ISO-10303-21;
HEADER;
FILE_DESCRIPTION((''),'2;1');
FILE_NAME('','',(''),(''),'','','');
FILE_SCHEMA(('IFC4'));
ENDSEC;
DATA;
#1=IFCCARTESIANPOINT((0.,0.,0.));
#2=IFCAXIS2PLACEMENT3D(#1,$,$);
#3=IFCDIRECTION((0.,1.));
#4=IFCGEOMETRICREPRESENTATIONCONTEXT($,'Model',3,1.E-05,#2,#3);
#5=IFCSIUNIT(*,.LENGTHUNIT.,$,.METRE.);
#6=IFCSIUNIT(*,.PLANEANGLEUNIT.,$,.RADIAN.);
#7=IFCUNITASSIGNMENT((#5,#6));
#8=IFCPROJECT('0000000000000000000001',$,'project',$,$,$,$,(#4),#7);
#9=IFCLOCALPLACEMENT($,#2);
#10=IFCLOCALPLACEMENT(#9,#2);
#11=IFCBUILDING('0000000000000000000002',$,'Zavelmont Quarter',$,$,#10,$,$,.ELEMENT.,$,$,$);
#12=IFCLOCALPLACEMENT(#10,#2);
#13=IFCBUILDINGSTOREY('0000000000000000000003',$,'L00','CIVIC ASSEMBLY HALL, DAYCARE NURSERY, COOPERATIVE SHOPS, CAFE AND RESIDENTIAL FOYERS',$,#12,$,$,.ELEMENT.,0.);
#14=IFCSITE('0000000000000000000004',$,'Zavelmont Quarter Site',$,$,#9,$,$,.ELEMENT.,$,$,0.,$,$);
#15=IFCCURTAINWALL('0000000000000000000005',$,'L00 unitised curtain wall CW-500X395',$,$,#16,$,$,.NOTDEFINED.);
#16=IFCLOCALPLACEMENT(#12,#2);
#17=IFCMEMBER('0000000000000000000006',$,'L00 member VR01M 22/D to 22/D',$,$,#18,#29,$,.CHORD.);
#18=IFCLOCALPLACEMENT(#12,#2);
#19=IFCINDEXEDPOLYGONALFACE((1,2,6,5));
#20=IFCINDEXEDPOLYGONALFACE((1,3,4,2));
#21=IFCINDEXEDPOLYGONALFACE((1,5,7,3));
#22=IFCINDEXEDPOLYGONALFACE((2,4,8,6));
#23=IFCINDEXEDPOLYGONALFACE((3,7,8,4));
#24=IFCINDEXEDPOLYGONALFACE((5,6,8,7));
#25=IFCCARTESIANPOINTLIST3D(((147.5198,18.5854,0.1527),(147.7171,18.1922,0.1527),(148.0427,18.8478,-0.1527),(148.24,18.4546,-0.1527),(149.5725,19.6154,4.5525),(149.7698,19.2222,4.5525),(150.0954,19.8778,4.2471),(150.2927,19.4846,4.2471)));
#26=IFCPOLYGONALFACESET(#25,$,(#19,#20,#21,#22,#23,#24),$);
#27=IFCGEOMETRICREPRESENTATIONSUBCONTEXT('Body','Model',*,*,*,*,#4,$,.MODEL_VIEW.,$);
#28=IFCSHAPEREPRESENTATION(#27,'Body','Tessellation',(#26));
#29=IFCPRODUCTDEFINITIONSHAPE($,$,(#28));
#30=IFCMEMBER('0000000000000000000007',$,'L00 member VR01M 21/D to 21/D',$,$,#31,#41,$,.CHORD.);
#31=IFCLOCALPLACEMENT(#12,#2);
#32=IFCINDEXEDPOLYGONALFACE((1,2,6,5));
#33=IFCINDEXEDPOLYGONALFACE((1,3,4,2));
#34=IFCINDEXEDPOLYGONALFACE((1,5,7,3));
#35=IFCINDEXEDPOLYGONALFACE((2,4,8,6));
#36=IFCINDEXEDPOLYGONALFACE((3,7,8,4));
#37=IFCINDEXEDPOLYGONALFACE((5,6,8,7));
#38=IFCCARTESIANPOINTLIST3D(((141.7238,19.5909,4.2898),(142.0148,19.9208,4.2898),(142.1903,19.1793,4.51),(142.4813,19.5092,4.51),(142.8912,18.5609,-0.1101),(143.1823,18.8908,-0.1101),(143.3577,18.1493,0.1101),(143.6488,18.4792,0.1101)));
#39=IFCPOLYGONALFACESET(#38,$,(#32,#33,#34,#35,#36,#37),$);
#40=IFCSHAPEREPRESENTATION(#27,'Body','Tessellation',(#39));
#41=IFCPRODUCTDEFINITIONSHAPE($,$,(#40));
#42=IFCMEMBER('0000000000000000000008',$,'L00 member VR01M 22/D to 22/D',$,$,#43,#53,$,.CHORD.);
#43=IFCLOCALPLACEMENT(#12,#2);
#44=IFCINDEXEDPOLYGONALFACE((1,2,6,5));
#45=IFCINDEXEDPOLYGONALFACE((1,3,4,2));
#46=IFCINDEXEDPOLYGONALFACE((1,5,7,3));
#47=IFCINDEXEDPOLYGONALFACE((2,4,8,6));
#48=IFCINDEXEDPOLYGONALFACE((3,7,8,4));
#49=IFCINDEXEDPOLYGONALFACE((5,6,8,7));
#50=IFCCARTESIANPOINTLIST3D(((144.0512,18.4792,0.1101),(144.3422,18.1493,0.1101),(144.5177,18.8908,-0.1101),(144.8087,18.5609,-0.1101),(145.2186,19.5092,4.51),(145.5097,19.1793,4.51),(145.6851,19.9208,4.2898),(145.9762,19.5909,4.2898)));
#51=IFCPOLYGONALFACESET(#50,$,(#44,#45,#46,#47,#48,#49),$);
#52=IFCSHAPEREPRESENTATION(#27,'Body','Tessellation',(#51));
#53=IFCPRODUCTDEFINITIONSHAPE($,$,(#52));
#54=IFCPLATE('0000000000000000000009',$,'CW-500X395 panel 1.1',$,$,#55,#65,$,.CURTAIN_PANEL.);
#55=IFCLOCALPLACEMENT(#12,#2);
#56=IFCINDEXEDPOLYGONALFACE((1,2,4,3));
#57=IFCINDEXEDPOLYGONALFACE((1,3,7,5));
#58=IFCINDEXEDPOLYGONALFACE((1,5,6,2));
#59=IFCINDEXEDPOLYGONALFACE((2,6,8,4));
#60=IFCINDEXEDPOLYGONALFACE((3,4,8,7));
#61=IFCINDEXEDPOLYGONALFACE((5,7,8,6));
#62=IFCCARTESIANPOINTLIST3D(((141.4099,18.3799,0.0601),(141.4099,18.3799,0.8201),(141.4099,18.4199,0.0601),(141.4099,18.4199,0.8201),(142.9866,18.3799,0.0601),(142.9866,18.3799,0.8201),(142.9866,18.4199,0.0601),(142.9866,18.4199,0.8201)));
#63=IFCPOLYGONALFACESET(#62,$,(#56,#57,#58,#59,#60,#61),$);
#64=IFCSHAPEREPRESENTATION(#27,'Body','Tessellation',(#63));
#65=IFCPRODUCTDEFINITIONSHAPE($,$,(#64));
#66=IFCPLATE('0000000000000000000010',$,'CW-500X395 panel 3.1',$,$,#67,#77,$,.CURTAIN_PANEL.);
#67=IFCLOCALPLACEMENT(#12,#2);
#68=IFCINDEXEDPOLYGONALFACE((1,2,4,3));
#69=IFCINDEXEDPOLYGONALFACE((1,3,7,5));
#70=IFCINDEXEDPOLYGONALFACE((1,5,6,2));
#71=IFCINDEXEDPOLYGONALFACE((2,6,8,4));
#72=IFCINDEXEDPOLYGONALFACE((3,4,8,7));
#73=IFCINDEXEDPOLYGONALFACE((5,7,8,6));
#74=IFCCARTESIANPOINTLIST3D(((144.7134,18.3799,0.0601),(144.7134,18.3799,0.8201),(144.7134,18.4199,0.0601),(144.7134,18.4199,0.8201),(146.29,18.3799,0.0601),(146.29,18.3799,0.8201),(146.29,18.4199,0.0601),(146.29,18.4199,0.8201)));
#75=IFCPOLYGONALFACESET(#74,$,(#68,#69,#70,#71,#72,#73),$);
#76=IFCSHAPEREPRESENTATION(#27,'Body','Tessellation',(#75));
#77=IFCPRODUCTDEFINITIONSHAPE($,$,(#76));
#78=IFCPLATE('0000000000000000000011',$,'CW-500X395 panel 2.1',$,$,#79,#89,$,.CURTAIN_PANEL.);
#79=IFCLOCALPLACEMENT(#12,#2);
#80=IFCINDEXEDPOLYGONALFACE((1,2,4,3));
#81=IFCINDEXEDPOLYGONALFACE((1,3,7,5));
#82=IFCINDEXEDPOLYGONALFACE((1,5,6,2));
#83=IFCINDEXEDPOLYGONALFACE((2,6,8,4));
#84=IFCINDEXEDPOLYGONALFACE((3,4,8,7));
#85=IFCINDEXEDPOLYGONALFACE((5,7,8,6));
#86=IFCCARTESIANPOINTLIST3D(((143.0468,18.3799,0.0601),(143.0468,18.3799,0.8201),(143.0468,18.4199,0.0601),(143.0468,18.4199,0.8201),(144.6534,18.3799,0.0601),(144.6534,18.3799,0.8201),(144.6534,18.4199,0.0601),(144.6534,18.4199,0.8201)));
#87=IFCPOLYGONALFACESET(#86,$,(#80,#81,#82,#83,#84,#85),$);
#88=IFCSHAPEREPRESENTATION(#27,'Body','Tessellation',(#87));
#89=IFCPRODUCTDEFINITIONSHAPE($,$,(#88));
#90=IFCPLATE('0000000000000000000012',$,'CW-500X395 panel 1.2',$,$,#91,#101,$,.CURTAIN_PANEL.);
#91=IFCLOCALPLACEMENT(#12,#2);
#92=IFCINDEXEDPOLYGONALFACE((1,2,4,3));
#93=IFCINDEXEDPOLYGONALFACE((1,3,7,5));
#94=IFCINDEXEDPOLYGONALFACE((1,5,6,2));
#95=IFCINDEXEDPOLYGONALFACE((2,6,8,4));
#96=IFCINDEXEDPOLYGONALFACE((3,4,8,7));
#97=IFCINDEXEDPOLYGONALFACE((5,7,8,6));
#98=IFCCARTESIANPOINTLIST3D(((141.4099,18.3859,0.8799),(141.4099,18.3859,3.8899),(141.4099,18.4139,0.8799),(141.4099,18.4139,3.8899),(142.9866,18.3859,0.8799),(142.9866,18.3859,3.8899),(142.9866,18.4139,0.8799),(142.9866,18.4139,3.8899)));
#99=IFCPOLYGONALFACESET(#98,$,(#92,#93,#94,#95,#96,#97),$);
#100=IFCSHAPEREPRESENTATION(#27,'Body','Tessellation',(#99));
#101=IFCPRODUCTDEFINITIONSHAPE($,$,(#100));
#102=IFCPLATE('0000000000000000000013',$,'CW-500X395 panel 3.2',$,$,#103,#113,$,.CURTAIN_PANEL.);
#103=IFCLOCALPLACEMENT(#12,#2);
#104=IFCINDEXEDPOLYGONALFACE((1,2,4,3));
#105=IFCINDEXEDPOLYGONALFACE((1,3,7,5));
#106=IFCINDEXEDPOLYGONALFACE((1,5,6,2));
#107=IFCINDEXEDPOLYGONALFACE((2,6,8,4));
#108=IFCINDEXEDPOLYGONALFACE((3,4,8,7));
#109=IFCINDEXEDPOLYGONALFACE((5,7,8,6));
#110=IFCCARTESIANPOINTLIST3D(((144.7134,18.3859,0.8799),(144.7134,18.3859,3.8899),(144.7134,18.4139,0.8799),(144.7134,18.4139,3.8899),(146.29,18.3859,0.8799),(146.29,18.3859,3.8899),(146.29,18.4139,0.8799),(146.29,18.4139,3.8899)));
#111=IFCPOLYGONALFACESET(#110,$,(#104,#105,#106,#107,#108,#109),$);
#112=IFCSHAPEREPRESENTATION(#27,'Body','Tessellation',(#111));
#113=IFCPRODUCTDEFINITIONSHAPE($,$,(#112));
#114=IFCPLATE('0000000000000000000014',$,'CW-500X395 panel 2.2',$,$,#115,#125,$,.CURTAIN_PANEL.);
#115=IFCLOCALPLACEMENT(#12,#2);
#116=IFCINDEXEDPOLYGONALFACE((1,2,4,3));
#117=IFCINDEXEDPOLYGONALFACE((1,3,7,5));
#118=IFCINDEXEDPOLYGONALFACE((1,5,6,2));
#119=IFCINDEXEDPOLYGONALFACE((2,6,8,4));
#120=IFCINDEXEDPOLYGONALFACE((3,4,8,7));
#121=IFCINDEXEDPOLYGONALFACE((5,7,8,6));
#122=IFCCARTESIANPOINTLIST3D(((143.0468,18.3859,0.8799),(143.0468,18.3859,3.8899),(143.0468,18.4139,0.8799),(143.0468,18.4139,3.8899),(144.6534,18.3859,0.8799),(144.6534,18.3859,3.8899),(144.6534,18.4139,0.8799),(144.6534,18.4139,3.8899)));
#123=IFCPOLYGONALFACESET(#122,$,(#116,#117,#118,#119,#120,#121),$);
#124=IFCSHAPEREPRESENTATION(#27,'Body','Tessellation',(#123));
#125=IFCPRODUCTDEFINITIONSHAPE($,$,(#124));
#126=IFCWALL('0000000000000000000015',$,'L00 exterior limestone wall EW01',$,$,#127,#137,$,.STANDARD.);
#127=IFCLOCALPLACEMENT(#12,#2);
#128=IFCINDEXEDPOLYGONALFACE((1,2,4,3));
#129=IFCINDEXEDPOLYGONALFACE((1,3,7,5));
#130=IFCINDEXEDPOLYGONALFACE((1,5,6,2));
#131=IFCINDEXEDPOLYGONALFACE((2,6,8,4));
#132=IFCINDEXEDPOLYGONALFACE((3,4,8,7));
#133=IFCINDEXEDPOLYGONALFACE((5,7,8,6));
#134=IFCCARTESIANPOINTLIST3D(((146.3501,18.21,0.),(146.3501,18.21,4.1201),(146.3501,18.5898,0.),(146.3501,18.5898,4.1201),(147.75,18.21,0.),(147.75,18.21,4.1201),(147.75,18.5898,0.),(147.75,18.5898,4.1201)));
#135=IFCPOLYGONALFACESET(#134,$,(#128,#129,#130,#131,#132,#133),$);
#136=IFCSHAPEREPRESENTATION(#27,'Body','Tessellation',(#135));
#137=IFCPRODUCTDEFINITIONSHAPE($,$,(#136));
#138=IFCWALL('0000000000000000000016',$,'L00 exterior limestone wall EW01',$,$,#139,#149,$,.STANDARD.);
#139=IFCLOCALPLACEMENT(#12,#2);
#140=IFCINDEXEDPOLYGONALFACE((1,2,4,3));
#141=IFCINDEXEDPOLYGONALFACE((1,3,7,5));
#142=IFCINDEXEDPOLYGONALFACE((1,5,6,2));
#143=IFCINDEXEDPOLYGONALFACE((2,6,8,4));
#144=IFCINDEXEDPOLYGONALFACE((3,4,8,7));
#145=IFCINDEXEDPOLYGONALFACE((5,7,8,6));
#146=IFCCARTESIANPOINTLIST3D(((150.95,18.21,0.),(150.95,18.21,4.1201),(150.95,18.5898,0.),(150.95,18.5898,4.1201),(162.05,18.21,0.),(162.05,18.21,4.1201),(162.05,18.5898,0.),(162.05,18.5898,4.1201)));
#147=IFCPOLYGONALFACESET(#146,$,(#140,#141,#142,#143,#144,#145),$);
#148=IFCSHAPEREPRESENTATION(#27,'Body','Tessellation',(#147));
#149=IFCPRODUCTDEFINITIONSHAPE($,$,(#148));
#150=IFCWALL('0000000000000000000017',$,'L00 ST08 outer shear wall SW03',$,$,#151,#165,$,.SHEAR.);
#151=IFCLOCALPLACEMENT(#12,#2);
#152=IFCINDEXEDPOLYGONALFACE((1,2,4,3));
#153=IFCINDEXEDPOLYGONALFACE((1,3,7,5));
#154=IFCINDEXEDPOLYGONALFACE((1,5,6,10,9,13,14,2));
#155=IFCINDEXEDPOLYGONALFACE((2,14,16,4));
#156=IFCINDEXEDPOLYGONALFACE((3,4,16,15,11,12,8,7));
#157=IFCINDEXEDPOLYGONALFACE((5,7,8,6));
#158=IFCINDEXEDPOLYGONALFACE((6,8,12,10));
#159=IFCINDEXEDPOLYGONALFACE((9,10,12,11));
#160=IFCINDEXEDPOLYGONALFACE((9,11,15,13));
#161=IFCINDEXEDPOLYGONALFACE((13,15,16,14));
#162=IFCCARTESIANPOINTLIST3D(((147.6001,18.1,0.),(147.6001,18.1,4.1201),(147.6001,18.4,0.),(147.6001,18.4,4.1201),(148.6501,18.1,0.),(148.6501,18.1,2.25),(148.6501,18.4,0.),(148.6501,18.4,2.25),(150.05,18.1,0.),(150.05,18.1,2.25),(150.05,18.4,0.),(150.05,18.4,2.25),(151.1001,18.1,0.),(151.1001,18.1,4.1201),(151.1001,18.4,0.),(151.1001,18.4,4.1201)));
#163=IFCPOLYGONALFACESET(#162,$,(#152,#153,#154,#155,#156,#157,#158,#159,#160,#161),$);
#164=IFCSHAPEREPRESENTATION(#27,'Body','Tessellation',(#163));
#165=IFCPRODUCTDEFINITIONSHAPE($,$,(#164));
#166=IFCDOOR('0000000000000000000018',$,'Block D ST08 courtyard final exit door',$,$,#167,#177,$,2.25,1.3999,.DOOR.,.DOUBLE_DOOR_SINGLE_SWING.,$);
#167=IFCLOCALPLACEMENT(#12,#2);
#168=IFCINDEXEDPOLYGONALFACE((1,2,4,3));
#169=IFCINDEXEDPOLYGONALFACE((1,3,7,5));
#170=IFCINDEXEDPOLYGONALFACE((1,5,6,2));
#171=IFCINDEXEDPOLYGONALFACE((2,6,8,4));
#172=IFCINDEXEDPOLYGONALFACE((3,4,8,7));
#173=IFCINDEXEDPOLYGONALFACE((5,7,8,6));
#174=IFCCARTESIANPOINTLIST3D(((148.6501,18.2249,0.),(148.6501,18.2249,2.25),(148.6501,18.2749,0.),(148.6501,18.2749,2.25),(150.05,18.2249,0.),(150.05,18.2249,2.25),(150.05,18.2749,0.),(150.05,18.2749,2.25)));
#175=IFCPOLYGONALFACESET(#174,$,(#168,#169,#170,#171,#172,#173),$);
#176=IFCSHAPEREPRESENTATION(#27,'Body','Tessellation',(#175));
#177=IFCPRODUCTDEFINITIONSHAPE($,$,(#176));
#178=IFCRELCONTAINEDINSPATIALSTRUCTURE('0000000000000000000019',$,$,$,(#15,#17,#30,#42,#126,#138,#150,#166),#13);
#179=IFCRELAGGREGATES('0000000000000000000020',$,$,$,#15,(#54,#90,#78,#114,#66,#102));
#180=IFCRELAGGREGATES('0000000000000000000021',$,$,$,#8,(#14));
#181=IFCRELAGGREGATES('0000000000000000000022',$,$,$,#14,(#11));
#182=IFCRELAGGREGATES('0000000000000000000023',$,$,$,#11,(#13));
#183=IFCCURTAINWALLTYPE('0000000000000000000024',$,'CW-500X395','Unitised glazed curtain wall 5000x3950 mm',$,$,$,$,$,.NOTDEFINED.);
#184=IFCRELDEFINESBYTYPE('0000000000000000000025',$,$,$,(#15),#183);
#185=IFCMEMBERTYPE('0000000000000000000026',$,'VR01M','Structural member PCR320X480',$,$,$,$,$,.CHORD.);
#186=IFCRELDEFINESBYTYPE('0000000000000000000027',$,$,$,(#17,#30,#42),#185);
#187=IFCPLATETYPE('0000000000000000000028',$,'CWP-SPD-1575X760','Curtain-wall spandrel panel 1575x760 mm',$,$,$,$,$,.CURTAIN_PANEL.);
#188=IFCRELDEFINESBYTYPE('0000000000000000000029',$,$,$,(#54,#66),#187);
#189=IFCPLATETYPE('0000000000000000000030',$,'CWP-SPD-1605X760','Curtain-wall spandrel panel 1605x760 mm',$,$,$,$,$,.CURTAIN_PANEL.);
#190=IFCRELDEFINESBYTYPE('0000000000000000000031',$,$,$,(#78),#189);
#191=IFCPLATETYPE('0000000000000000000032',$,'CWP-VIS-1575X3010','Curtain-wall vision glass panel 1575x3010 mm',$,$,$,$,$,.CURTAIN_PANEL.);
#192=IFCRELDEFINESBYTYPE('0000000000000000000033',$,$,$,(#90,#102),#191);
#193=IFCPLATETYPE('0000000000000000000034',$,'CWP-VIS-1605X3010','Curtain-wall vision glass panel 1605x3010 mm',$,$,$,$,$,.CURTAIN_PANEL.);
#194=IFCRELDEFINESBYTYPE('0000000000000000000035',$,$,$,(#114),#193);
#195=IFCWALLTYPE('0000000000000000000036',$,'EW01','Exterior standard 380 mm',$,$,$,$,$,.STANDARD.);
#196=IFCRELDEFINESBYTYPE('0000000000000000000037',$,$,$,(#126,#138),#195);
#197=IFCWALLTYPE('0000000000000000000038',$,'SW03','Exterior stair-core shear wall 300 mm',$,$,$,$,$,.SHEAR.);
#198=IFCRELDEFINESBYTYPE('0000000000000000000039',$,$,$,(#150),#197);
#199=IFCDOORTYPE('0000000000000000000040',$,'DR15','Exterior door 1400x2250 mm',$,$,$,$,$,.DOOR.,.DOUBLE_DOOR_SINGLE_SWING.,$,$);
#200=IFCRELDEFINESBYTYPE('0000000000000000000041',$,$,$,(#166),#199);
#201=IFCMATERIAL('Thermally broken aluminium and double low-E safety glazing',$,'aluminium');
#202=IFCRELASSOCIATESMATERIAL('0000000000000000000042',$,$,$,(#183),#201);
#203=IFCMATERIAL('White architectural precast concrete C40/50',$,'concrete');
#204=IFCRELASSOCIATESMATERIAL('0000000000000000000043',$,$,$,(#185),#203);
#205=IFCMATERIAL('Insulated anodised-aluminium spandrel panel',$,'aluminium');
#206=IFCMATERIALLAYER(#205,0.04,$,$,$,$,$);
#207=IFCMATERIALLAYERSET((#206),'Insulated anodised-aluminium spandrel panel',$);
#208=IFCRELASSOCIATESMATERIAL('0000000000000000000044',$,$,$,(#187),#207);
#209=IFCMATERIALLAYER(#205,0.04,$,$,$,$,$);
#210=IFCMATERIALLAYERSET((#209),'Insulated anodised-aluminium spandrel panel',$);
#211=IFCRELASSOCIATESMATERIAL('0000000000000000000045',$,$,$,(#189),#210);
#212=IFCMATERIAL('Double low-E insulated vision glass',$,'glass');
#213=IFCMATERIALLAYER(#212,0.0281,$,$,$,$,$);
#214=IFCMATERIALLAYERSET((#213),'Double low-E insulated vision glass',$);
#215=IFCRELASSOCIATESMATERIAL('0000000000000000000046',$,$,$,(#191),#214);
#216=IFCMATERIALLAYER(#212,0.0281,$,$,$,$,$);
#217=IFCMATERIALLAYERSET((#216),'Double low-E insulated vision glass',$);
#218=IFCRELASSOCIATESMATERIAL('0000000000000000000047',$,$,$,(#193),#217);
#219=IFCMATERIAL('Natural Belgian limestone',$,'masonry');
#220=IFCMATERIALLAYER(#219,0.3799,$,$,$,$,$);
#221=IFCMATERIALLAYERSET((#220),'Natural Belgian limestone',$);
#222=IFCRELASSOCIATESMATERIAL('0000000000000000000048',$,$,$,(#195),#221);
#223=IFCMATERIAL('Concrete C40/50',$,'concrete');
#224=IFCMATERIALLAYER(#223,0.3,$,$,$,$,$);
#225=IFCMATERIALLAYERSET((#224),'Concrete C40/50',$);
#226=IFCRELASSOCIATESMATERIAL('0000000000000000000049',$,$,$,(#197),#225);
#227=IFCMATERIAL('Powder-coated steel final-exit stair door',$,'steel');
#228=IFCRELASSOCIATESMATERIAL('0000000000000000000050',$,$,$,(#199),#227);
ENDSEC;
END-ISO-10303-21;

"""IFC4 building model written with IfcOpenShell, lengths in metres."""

from ifc_helpers import new_model, si_unit, direction, frame, frame_2d, origin, origin_with_axes, origin_2d, place, context, subcontext, project, spatial, rectangle, extrude, material, layer, layer_set, material_profile, profile_set, type_object, element, fill, aggregate, save


model = new_model("IFC4")

# Units and contexts
model_context = context("Model", 3, precision=1e-05, world=origin(), true_north=direction((0.0, 1.0)))
body_context = subcontext(model_context, "Body", "Model", "MODEL_VIEW")
ifc_project = project(units=[si_unit("LENGTHUNIT", "METRE"), si_unit("PLANEANGLEUNIT", "RADIAN")], contexts=[model_context])

# Site, building, storey
site_placement = place(None, origin())
site = spatial("IfcSite", under=ifc_project, at=site_placement, Name="Zavelmont Quarter Site", CompositionType="ELEMENT", RefElevation=0.0)
building_placement = place(site_placement, origin())
building = spatial("IfcBuilding", under=site, at=building_placement, Name="Zavelmont Quarter", CompositionType="ELEMENT")
storey_placement = place(building_placement, origin())
storey = spatial("IfcBuildingStorey", under=building, at=storey_placement, Name="L00", Description="CIVIC ASSEMBLY HALL, DAYCARE NURSERY, COOPERATIVE SHOPS, CAFE AND RESIDENTIAL FOYERS", CompositionType="ELEMENT", Elevation=0.0)

# Shared definitions
ifc_material_1 = material(Name="Concrete C40/50", Category="concrete")

# Curtain wall
ifc_material_2 = material(Name="Thermally broken aluminium and double low-E safety glazing", Category="aluminium")
curtain_wall_type = type_object("IfcCurtainWallType", Name="CW-500X395", Description="Unitised glazed curtain wall 5000x3950 mm", PredefinedType="NOTDEFINED", material=ifc_material_2)
curtain_wall_placement = place(storey_placement, origin())
curtain_wall = element("IfcCurtainWall", 1, at=curtain_wall_placement, inside=storey, type_object=curtain_wall_type, Name="L00 unitised curtain wall CW-500X395", PredefinedType="NOTDEFINED")

# Members
ifc_material_3 = material(Name="White architectural precast concrete C40/50", Category="concrete")
ifc_material_profile_1 = material_profile(ifc_material_3, rectangle(XDim=0.4399, YDim=0.6599, at=origin_2d()), Name="PCR320X480")
ifc_profile_set_1 = profile_set([ifc_material_profile_1], Name="White architectural precast concrete C40/50")
member_type_1 = type_object("IfcMemberType", Name="VR01M", Description="Structural member PCR320X480", PredefinedType="CHORD", material=ifc_profile_set_1)
for number, where, z_axis, x_axis, name in (
    (2, (147.8799, 18.52, 0.0), (0.413587, 0.207531, 0.886497), (-0.448489, 0.893788, 0.0), "L00 member VR01M 22/D to 22/D"),
):
    element("IfcMember", number, at=place(storey_placement, frame(where, z_axis=z_axis, x_axis=x_axis)), inside=storey, type_object=member_type_1, Name=name, PredefinedType="CHORD", context=body_context, shape_type="SweptSolid", body=[
        extrude(rectangle(XDim=0.4399, YDim=0.6599, at=origin_2d()), origin(), (0.0, 0.0, 1.0), 4.9631),
    ])
for number, where, z_axis, x_axis, name in (
    (3, (143.27, 18.52, 0.0), (-0.250144, 0.220694, 0.942721), (-0.661585, -0.74987, 0.0), "L00 member VR01M 21/D to 21/D"),
    (4, (144.4299, 18.52, 0.0), (0.250144, 0.220694, 0.942721), (-0.661585, 0.74987, 0.0), "L00 member VR01M 22/D to 22/D"),
):
    element("IfcMember", number, at=place(storey_placement, frame(where, z_axis=z_axis, x_axis=x_axis)), inside=storey, type_object=member_type_1, Name=name, PredefinedType="CHORD", context=body_context, shape_type="SweptSolid", body=[
        extrude(rectangle(XDim=0.4399, YDim=0.6599, at=origin_2d()), origin(), (0.0, 0.0, 1.0), 4.6672),
    ])

# Plates
ifc_material_4 = material(Name="Insulated anodised-aluminium spandrel panel", Category="aluminium")
ifc_layer_1 = layer(ifc_material_4, 0.04)
ifc_layer_set_1 = layer_set([ifc_layer_1], Name="Insulated anodised-aluminium spandrel panel")
plate_type_1 = type_object("IfcPlateType", Name="CWP-SPD-1575X760", Description="Curtain-wall spandrel panel 1575x760 mm", PredefinedType="CURTAIN_PANEL", material=ifc_layer_set_1)
plate_1_placement = place(storey_placement, frame((142.1982, 18.3999, 0.0601), z_axis=(0.0, 0.0, 1.0), x_axis=(1.0, 0.0, 0.0)))
plate_1 = element("IfcPlate", 5, at=plate_1_placement, type_object=plate_type_1, Name="CW-500X395 panel 1.1", PredefinedType="CURTAIN_PANEL", context=body_context, shape_type="SweptSolid", body=[
    extrude(rectangle(XDim=1.5767, YDim=0.04, at=origin_2d()), origin(), (0.0, 0.0, 1.0), 0.76),
])
plate_2_placement = place(storey_placement, frame((145.5017, 18.3999, 0.0601), z_axis=(0.0, 0.0, 1.0), x_axis=(1.0, 0.0, 0.0)))
plate_2 = element("IfcPlate", 6, at=plate_2_placement, type_object=plate_type_1, Name="CW-500X395 panel 3.1", PredefinedType="CURTAIN_PANEL", context=body_context, shape_type="SweptSolid", body=[
    extrude(rectangle(XDim=1.5767, YDim=0.04, at=origin_2d()), origin(), (0.0, 0.0, 1.0), 0.76),
])
ifc_layer_2 = layer(ifc_material_4, 0.04)
ifc_layer_set_2 = layer_set([ifc_layer_2], Name="Insulated anodised-aluminium spandrel panel")
plate_type_2 = type_object("IfcPlateType", Name="CWP-SPD-1605X760", Description="Curtain-wall spandrel panel 1605x760 mm", PredefinedType="CURTAIN_PANEL", material=ifc_layer_set_2)
plate_3_placement = place(storey_placement, frame((143.8501, 18.3999, 0.0601), z_axis=(0.0, 0.0, 1.0), x_axis=(1.0, 0.0, 0.0)))
plate_3 = element("IfcPlate", 7, at=plate_3_placement, type_object=plate_type_2, Name="CW-500X395 panel 2.1", PredefinedType="CURTAIN_PANEL", context=body_context, shape_type="SweptSolid", body=[
    extrude(rectangle(XDim=1.6067, YDim=0.04, at=origin_2d()), origin(), (0.0, 0.0, 1.0), 0.76),
])
ifc_material_5 = material(Name="Double low-E insulated vision glass", Category="glass")
ifc_layer_3 = layer(ifc_material_5, 0.0281)
ifc_layer_set_3 = layer_set([ifc_layer_3], Name="Double low-E insulated vision glass")
plate_type_3 = type_object("IfcPlateType", Name="CWP-VIS-1575X3010", Description="Curtain-wall vision glass panel 1575x3010 mm", PredefinedType="CURTAIN_PANEL", material=ifc_layer_set_3)
plate_4_placement = place(storey_placement, frame((142.1982, 18.3999, 0.8799), z_axis=(0.0, 0.0, 1.0), x_axis=(1.0, 0.0, 0.0)))
plate_4 = element("IfcPlate", 8, at=plate_4_placement, type_object=plate_type_3, Name="CW-500X395 panel 1.2", PredefinedType="CURTAIN_PANEL", context=body_context, shape_type="SweptSolid", body=[
    extrude(rectangle(XDim=1.5767, YDim=0.0281, at=origin_2d()), origin(), (0.0, 0.0, 1.0), 3.01),
])
plate_5_placement = place(storey_placement, frame((145.5017, 18.3999, 0.8799), z_axis=(0.0, 0.0, 1.0), x_axis=(1.0, 0.0, 0.0)))
plate_5 = element("IfcPlate", 9, at=plate_5_placement, type_object=plate_type_3, Name="CW-500X395 panel 3.2", PredefinedType="CURTAIN_PANEL", context=body_context, shape_type="SweptSolid", body=[
    extrude(rectangle(XDim=1.5767, YDim=0.0281, at=origin_2d()), origin(), (0.0, 0.0, 1.0), 3.01),
])
ifc_layer_4 = layer(ifc_material_5, 0.0281)
ifc_layer_set_4 = layer_set([ifc_layer_4], Name="Double low-E insulated vision glass")
plate_type_4 = type_object("IfcPlateType", Name="CWP-VIS-1605X3010", Description="Curtain-wall vision glass panel 1605x3010 mm", PredefinedType="CURTAIN_PANEL", material=ifc_layer_set_4)
plate_6_placement = place(storey_placement, frame((143.8501, 18.3999, 0.8799), z_axis=(0.0, 0.0, 1.0), x_axis=(1.0, 0.0, 0.0)))
plate_6 = element("IfcPlate", 10, at=plate_6_placement, type_object=plate_type_4, Name="CW-500X395 panel 2.2", PredefinedType="CURTAIN_PANEL", context=body_context, shape_type="SweptSolid", body=[
    extrude(rectangle(XDim=1.6067, YDim=0.0281, at=origin_2d()), origin(), (0.0, 0.0, 1.0), 3.01),
])
aggregate(curtain_wall, [plate_1, plate_4, plate_3, plate_6, plate_2, plate_5])

# Walls
ifc_material_6 = material(Name="Natural Belgian limestone", Category="masonry")
ifc_layer_5 = layer(ifc_material_6, 0.3799)
ifc_layer_set_5 = layer_set([ifc_layer_5], Name="Natural Belgian limestone")
wall_type_1 = type_object("IfcWallType", Name="EW01", Description="Exterior standard 380 mm", PredefinedType="STANDARD", material=ifc_layer_set_5)
wall_1_placement = place(storey_placement, frame((146.3501, 18.3999, 0.0), z_axis=(0.0, 0.0, 1.0), x_axis=(1.0, 0.0, 0.0)))
element("IfcWall", 11, at=wall_1_placement, inside=storey, type_object=wall_type_1, Name="L00 exterior limestone wall EW01", PredefinedType="STANDARD", context=body_context, shape_type="SweptSolid", body=[
    extrude(rectangle(XDim=1.3999, YDim=0.3799, at=frame_2d((0.7, 0.0))), origin(), (0.0, 0.0, 1.0), 4.1201),
])
wall_2_placement = place(storey_placement, frame((150.95, 18.3999, 0.0), z_axis=(0.0, 0.0, 1.0), x_axis=(1.0, 0.0, 0.0)))
element("IfcWall", 12, at=wall_2_placement, inside=storey, type_object=wall_type_1, Name="L00 exterior limestone wall EW01", PredefinedType="STANDARD", context=body_context, shape_type="SweptSolid", body=[
    extrude(rectangle(XDim=11.1001, YDim=0.3799, at=frame_2d((5.55, 0.0))), origin(), (0.0, 0.0, 1.0), 4.1201),
])

# Wall, opening, door
ifc_layer_6 = layer(ifc_material_1, 0.3)
ifc_layer_set_6 = layer_set([ifc_layer_6], Name="Concrete C40/50")
wall_type_2 = type_object("IfcWallType", Name="SW03", Description="Exterior stair-core shear wall 300 mm", PredefinedType="SHEAR", material=ifc_layer_set_6)
wall_3_placement = place(storey_placement, frame((147.6001, 18.25, 0.0), z_axis=(0.0, 0.0, 1.0), x_axis=(1.0, 0.0, 0.0)))
wall_3 = element("IfcWall", 13, at=wall_3_placement, inside=storey, type_object=wall_type_2, Name="L00 ST08 outer shear wall SW03", PredefinedType="SHEAR", context=body_context, shape_type="SweptSolid", body=[
    extrude(rectangle(XDim=3.5, YDim=0.3, at=frame_2d((1.75, 0.0))), origin(), (0.0, 0.0, 1.0), 4.1201),
])
opening_placement = place(wall_3_placement, frame((1.05, 0.0, 0.0)))
opening = element("IfcOpeningElement", 14, at=opening_placement, cuts=wall_3, PredefinedType="OPENING", context=body_context, shape_type="SweptSolid", body=[
    extrude(rectangle(XDim=1.3999, YDim=2.25, at=frame_2d((0.7, 1.125))), frame((0.0, 0.1621, 0.0), z_axis=(0.0, -1.0, 0.0), x_axis=(1.0, 0.0, 0.0)), (0.0, 0.0, 1.0), 0.324),
])
ifc_material_7 = material(Name="Powder-coated steel final-exit stair door", Category="steel")
door_type = type_object("IfcDoorType", Name="DR15", Description="Exterior door 1400x2250 mm", OperationType="DOUBLE_DOOR_SINGLE_SWING", PredefinedType="DOOR", material=ifc_material_7)
door_placement = place(opening_placement, origin_with_axes())
door = element("IfcDoor", 15, at=door_placement, inside=storey, type_object=door_type, Name="Block D ST08 courtyard final exit door", OperationType="DOUBLE_DOOR_SINGLE_SWING", OverallHeight=2.25, OverallWidth=1.3999, PredefinedType="DOOR", context=body_context, shape_type="SweptSolid", body=[
    extrude(rectangle(XDim=1.3999, YDim=2.25, at=frame_2d((0.7, 1.125))), frame((0.0, 0.0249, 0.0), z_axis=(0.0, -1.0, 0.0), x_axis=(1.0, 0.0, 0.0)), (0.0, 0.0, 1.0), 0.05),
])
fill(opening, door)

save(model, "model.ifc")
